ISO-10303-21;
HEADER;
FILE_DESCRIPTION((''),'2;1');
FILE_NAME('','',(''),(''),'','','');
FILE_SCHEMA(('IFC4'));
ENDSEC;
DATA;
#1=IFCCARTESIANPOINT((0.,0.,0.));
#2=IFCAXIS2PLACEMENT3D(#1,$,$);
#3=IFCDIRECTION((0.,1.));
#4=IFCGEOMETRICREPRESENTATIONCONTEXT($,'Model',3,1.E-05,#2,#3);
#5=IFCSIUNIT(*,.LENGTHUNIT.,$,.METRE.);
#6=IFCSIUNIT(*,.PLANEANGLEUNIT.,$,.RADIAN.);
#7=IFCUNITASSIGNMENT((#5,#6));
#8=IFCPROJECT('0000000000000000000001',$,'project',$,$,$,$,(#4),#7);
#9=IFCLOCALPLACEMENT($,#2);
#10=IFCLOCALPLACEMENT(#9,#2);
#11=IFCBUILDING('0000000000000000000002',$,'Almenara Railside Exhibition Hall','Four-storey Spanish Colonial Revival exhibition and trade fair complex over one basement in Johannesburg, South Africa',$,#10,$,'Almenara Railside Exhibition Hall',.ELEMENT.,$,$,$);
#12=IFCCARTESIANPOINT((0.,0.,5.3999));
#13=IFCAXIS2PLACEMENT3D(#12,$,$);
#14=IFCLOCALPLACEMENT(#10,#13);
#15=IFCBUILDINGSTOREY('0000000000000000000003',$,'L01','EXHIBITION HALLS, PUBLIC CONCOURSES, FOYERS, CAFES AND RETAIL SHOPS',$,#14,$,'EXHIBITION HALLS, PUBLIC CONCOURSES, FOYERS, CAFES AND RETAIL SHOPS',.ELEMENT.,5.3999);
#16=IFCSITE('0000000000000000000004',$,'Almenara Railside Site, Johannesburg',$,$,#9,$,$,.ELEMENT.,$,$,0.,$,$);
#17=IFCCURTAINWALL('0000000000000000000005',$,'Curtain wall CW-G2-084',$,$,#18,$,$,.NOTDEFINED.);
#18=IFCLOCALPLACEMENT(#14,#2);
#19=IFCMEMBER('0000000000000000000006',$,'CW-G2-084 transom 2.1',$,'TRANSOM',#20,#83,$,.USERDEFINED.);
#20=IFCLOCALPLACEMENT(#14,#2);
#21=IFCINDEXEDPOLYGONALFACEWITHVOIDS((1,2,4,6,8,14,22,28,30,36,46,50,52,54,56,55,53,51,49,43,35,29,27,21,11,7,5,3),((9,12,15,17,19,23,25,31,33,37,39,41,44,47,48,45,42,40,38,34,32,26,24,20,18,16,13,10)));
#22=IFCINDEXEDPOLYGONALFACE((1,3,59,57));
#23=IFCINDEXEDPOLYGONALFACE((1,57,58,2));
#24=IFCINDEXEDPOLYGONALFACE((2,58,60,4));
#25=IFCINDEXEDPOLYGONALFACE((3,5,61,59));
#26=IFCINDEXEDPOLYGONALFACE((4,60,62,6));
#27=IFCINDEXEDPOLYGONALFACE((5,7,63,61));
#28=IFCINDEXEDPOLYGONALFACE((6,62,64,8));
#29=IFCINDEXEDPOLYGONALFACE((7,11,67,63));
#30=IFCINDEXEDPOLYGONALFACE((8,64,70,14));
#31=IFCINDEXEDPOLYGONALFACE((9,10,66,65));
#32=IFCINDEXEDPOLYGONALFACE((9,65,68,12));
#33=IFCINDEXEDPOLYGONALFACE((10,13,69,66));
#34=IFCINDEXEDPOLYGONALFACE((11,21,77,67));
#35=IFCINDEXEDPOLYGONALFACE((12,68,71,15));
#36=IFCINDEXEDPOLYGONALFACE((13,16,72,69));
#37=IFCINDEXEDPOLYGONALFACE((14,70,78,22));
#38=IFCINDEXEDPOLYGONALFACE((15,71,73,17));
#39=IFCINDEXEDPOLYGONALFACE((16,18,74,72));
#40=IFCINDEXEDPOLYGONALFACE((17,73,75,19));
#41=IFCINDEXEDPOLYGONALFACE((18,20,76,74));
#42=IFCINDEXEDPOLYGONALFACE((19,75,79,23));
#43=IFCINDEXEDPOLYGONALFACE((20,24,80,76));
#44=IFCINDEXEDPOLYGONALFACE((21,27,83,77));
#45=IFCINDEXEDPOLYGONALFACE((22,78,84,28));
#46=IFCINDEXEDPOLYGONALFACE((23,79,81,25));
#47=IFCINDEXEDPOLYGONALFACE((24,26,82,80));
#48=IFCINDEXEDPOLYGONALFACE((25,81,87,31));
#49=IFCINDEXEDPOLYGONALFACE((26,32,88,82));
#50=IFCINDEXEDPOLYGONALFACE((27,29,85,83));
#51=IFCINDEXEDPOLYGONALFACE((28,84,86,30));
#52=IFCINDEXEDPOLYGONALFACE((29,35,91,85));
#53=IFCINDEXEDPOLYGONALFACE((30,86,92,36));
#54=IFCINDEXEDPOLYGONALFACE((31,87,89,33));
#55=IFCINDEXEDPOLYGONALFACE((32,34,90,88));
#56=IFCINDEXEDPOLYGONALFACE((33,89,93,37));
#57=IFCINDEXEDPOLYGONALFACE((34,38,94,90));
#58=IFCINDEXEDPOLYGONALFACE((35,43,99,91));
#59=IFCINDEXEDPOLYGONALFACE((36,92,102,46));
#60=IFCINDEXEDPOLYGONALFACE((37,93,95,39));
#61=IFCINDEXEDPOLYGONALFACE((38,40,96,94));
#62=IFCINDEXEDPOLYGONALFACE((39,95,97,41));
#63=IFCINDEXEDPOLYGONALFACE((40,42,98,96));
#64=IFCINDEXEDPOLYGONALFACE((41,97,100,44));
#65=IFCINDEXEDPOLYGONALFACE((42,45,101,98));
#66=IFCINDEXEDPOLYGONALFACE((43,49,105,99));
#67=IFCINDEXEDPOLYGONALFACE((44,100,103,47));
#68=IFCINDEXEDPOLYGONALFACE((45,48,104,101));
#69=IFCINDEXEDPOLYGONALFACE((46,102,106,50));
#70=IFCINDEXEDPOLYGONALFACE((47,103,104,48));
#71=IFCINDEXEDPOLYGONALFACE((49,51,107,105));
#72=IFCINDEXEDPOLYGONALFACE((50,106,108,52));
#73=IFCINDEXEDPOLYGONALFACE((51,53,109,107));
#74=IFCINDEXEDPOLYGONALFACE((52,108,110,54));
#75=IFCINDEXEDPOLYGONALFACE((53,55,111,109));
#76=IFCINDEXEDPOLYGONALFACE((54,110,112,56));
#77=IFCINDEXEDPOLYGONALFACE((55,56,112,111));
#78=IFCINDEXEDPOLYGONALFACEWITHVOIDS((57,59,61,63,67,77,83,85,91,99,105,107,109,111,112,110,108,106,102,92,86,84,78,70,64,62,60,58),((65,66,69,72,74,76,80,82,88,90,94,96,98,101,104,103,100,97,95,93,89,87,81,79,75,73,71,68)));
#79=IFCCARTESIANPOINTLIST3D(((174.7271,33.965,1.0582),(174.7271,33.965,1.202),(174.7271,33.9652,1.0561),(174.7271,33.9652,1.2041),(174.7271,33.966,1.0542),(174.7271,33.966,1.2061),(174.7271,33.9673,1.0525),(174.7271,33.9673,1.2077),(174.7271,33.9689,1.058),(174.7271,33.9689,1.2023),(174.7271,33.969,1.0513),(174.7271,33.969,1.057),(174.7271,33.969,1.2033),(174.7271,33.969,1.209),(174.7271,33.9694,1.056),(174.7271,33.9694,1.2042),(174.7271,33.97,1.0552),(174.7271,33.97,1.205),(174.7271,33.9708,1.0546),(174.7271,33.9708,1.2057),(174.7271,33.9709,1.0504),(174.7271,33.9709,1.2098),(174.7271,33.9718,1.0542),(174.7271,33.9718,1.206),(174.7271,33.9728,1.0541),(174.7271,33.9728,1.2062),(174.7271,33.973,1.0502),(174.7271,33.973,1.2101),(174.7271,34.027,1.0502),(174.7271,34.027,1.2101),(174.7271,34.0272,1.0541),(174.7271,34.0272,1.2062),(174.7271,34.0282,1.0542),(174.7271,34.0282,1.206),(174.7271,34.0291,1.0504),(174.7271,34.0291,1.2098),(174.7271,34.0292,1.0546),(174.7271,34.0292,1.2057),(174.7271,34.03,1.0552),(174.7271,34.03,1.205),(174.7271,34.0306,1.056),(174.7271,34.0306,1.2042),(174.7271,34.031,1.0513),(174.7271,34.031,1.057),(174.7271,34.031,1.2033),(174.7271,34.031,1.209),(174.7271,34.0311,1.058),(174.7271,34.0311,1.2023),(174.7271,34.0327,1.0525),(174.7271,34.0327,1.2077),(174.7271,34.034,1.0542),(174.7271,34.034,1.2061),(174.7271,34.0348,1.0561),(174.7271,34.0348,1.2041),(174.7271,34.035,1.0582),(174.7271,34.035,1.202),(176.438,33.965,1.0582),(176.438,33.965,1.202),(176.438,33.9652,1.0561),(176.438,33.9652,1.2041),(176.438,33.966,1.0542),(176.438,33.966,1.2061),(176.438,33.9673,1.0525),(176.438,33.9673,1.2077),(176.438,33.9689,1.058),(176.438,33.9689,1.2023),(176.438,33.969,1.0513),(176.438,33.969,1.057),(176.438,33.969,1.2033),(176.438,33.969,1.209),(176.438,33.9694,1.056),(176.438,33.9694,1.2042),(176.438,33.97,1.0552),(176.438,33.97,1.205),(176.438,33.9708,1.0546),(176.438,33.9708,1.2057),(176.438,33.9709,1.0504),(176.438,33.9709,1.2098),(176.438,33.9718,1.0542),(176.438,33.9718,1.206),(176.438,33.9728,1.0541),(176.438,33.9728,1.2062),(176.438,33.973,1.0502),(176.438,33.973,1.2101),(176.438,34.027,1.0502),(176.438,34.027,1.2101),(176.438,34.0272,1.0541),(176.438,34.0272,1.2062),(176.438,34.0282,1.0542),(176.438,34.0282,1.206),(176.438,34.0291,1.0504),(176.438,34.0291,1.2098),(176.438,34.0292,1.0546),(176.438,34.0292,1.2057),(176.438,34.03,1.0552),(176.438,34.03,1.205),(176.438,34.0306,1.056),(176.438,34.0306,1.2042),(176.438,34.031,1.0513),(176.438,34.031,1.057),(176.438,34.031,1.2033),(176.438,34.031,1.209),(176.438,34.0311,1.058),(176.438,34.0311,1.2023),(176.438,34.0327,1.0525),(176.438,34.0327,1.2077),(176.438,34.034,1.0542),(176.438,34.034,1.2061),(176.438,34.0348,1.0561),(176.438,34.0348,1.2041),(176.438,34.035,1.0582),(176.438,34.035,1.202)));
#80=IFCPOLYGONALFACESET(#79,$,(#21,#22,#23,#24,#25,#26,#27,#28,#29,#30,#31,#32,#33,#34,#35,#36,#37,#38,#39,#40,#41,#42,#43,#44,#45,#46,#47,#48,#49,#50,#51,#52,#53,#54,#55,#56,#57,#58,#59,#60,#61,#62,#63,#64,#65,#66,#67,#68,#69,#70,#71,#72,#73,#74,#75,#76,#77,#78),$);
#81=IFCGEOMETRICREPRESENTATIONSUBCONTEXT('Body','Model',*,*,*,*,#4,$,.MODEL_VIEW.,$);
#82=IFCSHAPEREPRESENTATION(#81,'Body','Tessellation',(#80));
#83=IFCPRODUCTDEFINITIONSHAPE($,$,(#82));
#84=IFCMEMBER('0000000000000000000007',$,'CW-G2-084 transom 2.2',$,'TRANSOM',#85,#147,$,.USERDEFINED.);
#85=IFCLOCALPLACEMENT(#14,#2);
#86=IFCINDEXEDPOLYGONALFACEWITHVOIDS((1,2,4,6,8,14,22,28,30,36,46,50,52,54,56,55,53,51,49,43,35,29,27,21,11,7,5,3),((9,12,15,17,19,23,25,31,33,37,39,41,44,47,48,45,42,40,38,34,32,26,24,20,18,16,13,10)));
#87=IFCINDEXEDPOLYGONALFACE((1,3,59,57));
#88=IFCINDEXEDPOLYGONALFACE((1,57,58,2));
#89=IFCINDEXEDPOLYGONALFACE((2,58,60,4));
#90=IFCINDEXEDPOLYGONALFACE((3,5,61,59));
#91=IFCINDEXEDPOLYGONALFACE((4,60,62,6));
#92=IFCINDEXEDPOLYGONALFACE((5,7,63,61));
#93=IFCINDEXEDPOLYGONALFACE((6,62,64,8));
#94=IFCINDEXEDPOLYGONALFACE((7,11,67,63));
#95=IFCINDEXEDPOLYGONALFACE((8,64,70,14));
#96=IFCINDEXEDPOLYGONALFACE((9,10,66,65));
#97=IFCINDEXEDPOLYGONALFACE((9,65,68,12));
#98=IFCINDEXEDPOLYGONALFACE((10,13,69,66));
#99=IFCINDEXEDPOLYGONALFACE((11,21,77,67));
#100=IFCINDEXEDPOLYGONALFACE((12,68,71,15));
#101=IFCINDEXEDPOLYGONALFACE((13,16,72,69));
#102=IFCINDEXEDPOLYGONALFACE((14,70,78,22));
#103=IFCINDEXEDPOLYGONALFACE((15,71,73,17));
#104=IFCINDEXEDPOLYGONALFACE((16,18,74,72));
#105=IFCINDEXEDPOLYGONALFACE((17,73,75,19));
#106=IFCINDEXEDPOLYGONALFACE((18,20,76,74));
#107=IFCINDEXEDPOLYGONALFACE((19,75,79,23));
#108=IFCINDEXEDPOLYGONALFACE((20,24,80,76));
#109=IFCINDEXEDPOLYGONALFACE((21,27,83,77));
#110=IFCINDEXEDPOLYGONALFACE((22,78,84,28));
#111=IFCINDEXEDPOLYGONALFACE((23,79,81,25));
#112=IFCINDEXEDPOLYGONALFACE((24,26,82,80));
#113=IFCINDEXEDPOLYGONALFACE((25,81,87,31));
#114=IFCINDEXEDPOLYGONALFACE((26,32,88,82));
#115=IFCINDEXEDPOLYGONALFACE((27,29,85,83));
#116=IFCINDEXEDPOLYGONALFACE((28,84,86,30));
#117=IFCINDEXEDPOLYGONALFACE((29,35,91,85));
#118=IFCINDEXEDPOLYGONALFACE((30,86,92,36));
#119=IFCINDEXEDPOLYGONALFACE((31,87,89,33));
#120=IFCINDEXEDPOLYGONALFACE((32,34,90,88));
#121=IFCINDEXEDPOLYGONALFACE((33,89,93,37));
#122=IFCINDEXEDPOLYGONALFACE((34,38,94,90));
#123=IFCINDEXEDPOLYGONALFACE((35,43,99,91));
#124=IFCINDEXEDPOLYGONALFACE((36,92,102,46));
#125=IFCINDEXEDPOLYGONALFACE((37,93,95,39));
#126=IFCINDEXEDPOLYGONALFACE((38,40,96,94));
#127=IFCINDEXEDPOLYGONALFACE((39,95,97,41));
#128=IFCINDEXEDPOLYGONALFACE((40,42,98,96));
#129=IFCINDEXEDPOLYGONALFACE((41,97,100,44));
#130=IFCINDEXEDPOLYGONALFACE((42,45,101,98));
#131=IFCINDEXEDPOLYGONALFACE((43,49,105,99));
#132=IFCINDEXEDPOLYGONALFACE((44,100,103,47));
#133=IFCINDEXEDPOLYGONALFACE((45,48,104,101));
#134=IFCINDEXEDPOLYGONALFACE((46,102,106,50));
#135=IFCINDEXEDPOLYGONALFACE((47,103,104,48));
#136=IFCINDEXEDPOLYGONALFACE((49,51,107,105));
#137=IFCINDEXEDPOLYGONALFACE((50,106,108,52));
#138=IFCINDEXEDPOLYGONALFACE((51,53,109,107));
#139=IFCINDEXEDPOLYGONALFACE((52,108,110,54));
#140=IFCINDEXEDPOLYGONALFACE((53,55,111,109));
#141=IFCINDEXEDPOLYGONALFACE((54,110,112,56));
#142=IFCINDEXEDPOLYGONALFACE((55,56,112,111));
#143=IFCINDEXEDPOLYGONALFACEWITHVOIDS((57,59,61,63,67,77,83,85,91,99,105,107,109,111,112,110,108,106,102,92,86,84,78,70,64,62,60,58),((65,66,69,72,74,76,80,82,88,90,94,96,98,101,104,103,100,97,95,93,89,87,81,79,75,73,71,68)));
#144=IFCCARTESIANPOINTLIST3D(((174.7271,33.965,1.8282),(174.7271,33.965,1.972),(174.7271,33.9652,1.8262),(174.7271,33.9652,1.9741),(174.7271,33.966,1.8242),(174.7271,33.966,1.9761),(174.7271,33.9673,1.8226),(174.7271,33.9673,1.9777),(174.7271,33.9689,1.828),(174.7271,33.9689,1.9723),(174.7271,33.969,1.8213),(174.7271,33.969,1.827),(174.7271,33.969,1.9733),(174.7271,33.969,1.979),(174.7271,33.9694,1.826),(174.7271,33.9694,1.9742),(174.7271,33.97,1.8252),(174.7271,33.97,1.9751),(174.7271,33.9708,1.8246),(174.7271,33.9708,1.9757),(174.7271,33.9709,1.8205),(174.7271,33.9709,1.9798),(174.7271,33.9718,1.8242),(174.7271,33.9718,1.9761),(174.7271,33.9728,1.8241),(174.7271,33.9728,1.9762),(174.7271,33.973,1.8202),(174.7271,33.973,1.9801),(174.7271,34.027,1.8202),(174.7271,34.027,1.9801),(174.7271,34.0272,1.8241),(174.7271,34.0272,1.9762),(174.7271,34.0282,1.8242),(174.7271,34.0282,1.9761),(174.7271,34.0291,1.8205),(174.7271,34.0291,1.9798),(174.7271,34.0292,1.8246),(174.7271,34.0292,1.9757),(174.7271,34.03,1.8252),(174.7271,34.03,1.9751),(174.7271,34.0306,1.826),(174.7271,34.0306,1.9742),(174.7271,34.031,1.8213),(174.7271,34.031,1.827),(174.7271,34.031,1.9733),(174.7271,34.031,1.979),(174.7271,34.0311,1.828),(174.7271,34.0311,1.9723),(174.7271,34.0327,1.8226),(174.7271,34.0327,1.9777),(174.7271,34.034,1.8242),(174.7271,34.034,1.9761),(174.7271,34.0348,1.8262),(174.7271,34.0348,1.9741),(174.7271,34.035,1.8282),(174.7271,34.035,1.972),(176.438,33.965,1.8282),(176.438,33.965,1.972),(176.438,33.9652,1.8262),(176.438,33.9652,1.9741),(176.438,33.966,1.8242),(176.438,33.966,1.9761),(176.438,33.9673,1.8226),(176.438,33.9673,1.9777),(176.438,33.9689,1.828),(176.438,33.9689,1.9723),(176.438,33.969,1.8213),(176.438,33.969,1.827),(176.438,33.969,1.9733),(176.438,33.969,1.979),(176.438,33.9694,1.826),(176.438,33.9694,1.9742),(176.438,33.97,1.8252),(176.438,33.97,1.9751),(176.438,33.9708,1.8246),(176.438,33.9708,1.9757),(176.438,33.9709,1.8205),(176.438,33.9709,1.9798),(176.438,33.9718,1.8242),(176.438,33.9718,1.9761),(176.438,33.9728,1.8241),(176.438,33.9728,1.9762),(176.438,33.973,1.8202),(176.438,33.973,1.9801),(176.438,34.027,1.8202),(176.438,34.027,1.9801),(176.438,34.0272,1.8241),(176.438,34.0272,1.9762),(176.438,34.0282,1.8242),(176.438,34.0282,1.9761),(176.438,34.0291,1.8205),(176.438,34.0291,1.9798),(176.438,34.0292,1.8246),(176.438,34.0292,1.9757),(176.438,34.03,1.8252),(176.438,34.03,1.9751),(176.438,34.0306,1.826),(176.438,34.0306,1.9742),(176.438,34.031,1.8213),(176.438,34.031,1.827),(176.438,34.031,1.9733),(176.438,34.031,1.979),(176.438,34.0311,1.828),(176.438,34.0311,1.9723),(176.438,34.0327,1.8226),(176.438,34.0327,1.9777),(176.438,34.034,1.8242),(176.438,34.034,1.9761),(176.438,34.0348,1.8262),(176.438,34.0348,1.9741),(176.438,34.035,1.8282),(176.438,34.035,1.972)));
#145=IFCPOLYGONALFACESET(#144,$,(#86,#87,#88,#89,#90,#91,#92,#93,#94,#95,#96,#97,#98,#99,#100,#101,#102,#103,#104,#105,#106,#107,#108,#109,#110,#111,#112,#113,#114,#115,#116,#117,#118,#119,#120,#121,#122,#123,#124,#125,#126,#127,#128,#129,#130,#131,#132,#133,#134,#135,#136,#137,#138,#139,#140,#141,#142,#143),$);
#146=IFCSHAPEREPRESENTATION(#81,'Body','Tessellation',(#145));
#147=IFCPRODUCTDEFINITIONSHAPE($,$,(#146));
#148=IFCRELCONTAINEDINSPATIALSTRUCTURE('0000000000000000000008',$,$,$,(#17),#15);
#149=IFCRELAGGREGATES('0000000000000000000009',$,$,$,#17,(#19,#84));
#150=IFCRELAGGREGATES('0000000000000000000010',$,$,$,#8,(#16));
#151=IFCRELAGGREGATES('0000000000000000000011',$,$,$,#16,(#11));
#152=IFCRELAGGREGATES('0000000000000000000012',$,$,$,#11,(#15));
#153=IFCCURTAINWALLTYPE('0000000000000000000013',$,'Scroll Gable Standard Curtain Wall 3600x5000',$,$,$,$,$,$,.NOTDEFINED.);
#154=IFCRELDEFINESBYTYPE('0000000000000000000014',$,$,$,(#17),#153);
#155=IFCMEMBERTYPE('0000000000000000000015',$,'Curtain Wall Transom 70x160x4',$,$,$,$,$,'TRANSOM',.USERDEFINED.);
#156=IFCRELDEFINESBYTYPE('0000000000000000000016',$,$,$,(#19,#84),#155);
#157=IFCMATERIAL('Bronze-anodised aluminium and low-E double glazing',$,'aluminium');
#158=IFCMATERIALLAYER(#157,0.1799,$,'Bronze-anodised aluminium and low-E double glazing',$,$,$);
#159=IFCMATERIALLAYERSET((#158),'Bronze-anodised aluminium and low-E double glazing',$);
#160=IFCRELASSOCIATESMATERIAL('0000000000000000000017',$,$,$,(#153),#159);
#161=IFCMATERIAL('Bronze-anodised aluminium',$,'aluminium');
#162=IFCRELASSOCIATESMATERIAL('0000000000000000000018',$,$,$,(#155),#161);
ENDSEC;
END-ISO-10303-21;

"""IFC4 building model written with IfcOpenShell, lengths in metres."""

from ifc_helpers import new_model, si_unit, direction, frame, origin, origin_2d, place, context, subcontext, project, spatial, hollow_rectangle, extrude, material, layer, layer_set, material_profile, profile_set, type_object, element, aggregate, save


model = new_model("IFC4")

# Units and contexts
model_context = context("Model", 3, precision=1e-05, world=origin(), true_north=direction((0.0, 1.0)))
body_context = subcontext(model_context, "Body", "Model", "MODEL_VIEW")
ifc_project = project(units=[si_unit("LENGTHUNIT", "METRE"), si_unit("PLANEANGLEUNIT", "RADIAN")], contexts=[model_context])

# Site, building, storey
site_placement = place(None, origin())
site = spatial("IfcSite", under=ifc_project, at=site_placement, Name="Almenara Railside Site, Johannesburg", CompositionType="ELEMENT", RefElevation=0.0)
building_placement = place(site_placement, origin())
building = spatial("IfcBuilding", under=site, at=building_placement, Name="Almenara Railside Exhibition Hall", Description="Four-storey Spanish Colonial Revival exhibition and trade fair complex over one basement in Johannesburg, South Africa", LongName="Almenara Railside Exhibition Hall", CompositionType="ELEMENT")
storey_placement = place(building_placement, frame((0.0, 0.0, 5.3999)))
storey = spatial("IfcBuildingStorey", under=building, at=storey_placement, Name="L01", Description="EXHIBITION HALLS, PUBLIC CONCOURSES, FOYERS, CAFES AND RETAIL SHOPS", LongName="EXHIBITION HALLS, PUBLIC CONCOURSES, FOYERS, CAFES AND RETAIL SHOPS", CompositionType="ELEMENT", Elevation=5.3999)

# Shared definitions
ifc_material_1 = material(Name="Bronze-anodised aluminium and low-E double glazing", Category="aluminium")
ifc_layer_1 = layer(ifc_material_1, 0.1799, Name="Bronze-anodised aluminium and low-E double glazing")
ifc_layer_set_1 = layer_set([ifc_layer_1], Name="Bronze-anodised aluminium and low-E double glazing")
curtain_wall_type = type_object("IfcCurtainWallType", Name="Scroll Gable Standard Curtain Wall 3600x5000", PredefinedType="NOTDEFINED", material=ifc_layer_set_1)
ifc_material_2 = material(Name="Bronze-anodised aluminium", Category="aluminium")

# Curtain wall
curtain_wall_1_placement = place(storey_placement, origin())
curtain_wall_1 = element("IfcCurtainWall", 1, at=curtain_wall_1_placement, inside=storey, type_object=curtain_wall_type, Name="Curtain wall CW-G2-084", PredefinedType="NOTDEFINED")

# Members
ifc_material_profile_1 = material_profile(ifc_material_2, hollow_rectangle(XDim=0.0701, YDim=0.1599, WallThickness=0.0039, InnerFilletRadius=0.0039, OuterFilletRadius=0.0081, at=origin_2d()), Name="ALU-TRN 70x160x4")
ifc_profile_set_1 = profile_set([ifc_material_profile_1], Name="Bronze-anodised aluminium")
member_type_1 = type_object("IfcMemberType", Name="Curtain Wall Transom 70x160x4", ElementType="TRANSOM", PredefinedType="USERDEFINED", material=ifc_profile_set_1)
member_1_placement = place(storey_placement, frame((174.7271, 34.0, 1.1301), z_axis=(1.0, 0.0, 0.0), x_axis=(0.0, 1.0, 0.0)))
member_1 = element("IfcMember", 2, at=member_1_placement, type_object=member_type_1, Name="CW-G2-084 transom 2.1", ObjectType="TRANSOM", PredefinedType="USERDEFINED", context=body_context, shape_type="SweptSolid", body=[
    extrude(hollow_rectangle(XDim=0.0701, YDim=0.1599, WallThickness=0.0039, InnerFilletRadius=0.0039, OuterFilletRadius=0.0081, at=origin_2d()), origin(), (0.0, 0.0, 1.0), 1.7109),
])
member_2_placement = place(storey_placement, frame((174.7271, 34.0, 1.9001), z_axis=(1.0, 0.0, 0.0), x_axis=(0.0, 1.0, 0.0)))
member_2 = element("IfcMember", 3, at=member_2_placement, type_object=member_type_1, Name="CW-G2-084 transom 2.2", ObjectType="TRANSOM", PredefinedType="USERDEFINED", context=body_context, shape_type="SweptSolid", body=[
    extrude(hollow_rectangle(XDim=0.0701, YDim=0.1599, WallThickness=0.0039, InnerFilletRadius=0.0039, OuterFilletRadius=0.0081, at=origin_2d()), origin(), (0.0, 0.0, 1.0), 1.7109),
])

aggregate(curtain_wall_1, [member_1, member_2])

save(model, "model.ifc")
